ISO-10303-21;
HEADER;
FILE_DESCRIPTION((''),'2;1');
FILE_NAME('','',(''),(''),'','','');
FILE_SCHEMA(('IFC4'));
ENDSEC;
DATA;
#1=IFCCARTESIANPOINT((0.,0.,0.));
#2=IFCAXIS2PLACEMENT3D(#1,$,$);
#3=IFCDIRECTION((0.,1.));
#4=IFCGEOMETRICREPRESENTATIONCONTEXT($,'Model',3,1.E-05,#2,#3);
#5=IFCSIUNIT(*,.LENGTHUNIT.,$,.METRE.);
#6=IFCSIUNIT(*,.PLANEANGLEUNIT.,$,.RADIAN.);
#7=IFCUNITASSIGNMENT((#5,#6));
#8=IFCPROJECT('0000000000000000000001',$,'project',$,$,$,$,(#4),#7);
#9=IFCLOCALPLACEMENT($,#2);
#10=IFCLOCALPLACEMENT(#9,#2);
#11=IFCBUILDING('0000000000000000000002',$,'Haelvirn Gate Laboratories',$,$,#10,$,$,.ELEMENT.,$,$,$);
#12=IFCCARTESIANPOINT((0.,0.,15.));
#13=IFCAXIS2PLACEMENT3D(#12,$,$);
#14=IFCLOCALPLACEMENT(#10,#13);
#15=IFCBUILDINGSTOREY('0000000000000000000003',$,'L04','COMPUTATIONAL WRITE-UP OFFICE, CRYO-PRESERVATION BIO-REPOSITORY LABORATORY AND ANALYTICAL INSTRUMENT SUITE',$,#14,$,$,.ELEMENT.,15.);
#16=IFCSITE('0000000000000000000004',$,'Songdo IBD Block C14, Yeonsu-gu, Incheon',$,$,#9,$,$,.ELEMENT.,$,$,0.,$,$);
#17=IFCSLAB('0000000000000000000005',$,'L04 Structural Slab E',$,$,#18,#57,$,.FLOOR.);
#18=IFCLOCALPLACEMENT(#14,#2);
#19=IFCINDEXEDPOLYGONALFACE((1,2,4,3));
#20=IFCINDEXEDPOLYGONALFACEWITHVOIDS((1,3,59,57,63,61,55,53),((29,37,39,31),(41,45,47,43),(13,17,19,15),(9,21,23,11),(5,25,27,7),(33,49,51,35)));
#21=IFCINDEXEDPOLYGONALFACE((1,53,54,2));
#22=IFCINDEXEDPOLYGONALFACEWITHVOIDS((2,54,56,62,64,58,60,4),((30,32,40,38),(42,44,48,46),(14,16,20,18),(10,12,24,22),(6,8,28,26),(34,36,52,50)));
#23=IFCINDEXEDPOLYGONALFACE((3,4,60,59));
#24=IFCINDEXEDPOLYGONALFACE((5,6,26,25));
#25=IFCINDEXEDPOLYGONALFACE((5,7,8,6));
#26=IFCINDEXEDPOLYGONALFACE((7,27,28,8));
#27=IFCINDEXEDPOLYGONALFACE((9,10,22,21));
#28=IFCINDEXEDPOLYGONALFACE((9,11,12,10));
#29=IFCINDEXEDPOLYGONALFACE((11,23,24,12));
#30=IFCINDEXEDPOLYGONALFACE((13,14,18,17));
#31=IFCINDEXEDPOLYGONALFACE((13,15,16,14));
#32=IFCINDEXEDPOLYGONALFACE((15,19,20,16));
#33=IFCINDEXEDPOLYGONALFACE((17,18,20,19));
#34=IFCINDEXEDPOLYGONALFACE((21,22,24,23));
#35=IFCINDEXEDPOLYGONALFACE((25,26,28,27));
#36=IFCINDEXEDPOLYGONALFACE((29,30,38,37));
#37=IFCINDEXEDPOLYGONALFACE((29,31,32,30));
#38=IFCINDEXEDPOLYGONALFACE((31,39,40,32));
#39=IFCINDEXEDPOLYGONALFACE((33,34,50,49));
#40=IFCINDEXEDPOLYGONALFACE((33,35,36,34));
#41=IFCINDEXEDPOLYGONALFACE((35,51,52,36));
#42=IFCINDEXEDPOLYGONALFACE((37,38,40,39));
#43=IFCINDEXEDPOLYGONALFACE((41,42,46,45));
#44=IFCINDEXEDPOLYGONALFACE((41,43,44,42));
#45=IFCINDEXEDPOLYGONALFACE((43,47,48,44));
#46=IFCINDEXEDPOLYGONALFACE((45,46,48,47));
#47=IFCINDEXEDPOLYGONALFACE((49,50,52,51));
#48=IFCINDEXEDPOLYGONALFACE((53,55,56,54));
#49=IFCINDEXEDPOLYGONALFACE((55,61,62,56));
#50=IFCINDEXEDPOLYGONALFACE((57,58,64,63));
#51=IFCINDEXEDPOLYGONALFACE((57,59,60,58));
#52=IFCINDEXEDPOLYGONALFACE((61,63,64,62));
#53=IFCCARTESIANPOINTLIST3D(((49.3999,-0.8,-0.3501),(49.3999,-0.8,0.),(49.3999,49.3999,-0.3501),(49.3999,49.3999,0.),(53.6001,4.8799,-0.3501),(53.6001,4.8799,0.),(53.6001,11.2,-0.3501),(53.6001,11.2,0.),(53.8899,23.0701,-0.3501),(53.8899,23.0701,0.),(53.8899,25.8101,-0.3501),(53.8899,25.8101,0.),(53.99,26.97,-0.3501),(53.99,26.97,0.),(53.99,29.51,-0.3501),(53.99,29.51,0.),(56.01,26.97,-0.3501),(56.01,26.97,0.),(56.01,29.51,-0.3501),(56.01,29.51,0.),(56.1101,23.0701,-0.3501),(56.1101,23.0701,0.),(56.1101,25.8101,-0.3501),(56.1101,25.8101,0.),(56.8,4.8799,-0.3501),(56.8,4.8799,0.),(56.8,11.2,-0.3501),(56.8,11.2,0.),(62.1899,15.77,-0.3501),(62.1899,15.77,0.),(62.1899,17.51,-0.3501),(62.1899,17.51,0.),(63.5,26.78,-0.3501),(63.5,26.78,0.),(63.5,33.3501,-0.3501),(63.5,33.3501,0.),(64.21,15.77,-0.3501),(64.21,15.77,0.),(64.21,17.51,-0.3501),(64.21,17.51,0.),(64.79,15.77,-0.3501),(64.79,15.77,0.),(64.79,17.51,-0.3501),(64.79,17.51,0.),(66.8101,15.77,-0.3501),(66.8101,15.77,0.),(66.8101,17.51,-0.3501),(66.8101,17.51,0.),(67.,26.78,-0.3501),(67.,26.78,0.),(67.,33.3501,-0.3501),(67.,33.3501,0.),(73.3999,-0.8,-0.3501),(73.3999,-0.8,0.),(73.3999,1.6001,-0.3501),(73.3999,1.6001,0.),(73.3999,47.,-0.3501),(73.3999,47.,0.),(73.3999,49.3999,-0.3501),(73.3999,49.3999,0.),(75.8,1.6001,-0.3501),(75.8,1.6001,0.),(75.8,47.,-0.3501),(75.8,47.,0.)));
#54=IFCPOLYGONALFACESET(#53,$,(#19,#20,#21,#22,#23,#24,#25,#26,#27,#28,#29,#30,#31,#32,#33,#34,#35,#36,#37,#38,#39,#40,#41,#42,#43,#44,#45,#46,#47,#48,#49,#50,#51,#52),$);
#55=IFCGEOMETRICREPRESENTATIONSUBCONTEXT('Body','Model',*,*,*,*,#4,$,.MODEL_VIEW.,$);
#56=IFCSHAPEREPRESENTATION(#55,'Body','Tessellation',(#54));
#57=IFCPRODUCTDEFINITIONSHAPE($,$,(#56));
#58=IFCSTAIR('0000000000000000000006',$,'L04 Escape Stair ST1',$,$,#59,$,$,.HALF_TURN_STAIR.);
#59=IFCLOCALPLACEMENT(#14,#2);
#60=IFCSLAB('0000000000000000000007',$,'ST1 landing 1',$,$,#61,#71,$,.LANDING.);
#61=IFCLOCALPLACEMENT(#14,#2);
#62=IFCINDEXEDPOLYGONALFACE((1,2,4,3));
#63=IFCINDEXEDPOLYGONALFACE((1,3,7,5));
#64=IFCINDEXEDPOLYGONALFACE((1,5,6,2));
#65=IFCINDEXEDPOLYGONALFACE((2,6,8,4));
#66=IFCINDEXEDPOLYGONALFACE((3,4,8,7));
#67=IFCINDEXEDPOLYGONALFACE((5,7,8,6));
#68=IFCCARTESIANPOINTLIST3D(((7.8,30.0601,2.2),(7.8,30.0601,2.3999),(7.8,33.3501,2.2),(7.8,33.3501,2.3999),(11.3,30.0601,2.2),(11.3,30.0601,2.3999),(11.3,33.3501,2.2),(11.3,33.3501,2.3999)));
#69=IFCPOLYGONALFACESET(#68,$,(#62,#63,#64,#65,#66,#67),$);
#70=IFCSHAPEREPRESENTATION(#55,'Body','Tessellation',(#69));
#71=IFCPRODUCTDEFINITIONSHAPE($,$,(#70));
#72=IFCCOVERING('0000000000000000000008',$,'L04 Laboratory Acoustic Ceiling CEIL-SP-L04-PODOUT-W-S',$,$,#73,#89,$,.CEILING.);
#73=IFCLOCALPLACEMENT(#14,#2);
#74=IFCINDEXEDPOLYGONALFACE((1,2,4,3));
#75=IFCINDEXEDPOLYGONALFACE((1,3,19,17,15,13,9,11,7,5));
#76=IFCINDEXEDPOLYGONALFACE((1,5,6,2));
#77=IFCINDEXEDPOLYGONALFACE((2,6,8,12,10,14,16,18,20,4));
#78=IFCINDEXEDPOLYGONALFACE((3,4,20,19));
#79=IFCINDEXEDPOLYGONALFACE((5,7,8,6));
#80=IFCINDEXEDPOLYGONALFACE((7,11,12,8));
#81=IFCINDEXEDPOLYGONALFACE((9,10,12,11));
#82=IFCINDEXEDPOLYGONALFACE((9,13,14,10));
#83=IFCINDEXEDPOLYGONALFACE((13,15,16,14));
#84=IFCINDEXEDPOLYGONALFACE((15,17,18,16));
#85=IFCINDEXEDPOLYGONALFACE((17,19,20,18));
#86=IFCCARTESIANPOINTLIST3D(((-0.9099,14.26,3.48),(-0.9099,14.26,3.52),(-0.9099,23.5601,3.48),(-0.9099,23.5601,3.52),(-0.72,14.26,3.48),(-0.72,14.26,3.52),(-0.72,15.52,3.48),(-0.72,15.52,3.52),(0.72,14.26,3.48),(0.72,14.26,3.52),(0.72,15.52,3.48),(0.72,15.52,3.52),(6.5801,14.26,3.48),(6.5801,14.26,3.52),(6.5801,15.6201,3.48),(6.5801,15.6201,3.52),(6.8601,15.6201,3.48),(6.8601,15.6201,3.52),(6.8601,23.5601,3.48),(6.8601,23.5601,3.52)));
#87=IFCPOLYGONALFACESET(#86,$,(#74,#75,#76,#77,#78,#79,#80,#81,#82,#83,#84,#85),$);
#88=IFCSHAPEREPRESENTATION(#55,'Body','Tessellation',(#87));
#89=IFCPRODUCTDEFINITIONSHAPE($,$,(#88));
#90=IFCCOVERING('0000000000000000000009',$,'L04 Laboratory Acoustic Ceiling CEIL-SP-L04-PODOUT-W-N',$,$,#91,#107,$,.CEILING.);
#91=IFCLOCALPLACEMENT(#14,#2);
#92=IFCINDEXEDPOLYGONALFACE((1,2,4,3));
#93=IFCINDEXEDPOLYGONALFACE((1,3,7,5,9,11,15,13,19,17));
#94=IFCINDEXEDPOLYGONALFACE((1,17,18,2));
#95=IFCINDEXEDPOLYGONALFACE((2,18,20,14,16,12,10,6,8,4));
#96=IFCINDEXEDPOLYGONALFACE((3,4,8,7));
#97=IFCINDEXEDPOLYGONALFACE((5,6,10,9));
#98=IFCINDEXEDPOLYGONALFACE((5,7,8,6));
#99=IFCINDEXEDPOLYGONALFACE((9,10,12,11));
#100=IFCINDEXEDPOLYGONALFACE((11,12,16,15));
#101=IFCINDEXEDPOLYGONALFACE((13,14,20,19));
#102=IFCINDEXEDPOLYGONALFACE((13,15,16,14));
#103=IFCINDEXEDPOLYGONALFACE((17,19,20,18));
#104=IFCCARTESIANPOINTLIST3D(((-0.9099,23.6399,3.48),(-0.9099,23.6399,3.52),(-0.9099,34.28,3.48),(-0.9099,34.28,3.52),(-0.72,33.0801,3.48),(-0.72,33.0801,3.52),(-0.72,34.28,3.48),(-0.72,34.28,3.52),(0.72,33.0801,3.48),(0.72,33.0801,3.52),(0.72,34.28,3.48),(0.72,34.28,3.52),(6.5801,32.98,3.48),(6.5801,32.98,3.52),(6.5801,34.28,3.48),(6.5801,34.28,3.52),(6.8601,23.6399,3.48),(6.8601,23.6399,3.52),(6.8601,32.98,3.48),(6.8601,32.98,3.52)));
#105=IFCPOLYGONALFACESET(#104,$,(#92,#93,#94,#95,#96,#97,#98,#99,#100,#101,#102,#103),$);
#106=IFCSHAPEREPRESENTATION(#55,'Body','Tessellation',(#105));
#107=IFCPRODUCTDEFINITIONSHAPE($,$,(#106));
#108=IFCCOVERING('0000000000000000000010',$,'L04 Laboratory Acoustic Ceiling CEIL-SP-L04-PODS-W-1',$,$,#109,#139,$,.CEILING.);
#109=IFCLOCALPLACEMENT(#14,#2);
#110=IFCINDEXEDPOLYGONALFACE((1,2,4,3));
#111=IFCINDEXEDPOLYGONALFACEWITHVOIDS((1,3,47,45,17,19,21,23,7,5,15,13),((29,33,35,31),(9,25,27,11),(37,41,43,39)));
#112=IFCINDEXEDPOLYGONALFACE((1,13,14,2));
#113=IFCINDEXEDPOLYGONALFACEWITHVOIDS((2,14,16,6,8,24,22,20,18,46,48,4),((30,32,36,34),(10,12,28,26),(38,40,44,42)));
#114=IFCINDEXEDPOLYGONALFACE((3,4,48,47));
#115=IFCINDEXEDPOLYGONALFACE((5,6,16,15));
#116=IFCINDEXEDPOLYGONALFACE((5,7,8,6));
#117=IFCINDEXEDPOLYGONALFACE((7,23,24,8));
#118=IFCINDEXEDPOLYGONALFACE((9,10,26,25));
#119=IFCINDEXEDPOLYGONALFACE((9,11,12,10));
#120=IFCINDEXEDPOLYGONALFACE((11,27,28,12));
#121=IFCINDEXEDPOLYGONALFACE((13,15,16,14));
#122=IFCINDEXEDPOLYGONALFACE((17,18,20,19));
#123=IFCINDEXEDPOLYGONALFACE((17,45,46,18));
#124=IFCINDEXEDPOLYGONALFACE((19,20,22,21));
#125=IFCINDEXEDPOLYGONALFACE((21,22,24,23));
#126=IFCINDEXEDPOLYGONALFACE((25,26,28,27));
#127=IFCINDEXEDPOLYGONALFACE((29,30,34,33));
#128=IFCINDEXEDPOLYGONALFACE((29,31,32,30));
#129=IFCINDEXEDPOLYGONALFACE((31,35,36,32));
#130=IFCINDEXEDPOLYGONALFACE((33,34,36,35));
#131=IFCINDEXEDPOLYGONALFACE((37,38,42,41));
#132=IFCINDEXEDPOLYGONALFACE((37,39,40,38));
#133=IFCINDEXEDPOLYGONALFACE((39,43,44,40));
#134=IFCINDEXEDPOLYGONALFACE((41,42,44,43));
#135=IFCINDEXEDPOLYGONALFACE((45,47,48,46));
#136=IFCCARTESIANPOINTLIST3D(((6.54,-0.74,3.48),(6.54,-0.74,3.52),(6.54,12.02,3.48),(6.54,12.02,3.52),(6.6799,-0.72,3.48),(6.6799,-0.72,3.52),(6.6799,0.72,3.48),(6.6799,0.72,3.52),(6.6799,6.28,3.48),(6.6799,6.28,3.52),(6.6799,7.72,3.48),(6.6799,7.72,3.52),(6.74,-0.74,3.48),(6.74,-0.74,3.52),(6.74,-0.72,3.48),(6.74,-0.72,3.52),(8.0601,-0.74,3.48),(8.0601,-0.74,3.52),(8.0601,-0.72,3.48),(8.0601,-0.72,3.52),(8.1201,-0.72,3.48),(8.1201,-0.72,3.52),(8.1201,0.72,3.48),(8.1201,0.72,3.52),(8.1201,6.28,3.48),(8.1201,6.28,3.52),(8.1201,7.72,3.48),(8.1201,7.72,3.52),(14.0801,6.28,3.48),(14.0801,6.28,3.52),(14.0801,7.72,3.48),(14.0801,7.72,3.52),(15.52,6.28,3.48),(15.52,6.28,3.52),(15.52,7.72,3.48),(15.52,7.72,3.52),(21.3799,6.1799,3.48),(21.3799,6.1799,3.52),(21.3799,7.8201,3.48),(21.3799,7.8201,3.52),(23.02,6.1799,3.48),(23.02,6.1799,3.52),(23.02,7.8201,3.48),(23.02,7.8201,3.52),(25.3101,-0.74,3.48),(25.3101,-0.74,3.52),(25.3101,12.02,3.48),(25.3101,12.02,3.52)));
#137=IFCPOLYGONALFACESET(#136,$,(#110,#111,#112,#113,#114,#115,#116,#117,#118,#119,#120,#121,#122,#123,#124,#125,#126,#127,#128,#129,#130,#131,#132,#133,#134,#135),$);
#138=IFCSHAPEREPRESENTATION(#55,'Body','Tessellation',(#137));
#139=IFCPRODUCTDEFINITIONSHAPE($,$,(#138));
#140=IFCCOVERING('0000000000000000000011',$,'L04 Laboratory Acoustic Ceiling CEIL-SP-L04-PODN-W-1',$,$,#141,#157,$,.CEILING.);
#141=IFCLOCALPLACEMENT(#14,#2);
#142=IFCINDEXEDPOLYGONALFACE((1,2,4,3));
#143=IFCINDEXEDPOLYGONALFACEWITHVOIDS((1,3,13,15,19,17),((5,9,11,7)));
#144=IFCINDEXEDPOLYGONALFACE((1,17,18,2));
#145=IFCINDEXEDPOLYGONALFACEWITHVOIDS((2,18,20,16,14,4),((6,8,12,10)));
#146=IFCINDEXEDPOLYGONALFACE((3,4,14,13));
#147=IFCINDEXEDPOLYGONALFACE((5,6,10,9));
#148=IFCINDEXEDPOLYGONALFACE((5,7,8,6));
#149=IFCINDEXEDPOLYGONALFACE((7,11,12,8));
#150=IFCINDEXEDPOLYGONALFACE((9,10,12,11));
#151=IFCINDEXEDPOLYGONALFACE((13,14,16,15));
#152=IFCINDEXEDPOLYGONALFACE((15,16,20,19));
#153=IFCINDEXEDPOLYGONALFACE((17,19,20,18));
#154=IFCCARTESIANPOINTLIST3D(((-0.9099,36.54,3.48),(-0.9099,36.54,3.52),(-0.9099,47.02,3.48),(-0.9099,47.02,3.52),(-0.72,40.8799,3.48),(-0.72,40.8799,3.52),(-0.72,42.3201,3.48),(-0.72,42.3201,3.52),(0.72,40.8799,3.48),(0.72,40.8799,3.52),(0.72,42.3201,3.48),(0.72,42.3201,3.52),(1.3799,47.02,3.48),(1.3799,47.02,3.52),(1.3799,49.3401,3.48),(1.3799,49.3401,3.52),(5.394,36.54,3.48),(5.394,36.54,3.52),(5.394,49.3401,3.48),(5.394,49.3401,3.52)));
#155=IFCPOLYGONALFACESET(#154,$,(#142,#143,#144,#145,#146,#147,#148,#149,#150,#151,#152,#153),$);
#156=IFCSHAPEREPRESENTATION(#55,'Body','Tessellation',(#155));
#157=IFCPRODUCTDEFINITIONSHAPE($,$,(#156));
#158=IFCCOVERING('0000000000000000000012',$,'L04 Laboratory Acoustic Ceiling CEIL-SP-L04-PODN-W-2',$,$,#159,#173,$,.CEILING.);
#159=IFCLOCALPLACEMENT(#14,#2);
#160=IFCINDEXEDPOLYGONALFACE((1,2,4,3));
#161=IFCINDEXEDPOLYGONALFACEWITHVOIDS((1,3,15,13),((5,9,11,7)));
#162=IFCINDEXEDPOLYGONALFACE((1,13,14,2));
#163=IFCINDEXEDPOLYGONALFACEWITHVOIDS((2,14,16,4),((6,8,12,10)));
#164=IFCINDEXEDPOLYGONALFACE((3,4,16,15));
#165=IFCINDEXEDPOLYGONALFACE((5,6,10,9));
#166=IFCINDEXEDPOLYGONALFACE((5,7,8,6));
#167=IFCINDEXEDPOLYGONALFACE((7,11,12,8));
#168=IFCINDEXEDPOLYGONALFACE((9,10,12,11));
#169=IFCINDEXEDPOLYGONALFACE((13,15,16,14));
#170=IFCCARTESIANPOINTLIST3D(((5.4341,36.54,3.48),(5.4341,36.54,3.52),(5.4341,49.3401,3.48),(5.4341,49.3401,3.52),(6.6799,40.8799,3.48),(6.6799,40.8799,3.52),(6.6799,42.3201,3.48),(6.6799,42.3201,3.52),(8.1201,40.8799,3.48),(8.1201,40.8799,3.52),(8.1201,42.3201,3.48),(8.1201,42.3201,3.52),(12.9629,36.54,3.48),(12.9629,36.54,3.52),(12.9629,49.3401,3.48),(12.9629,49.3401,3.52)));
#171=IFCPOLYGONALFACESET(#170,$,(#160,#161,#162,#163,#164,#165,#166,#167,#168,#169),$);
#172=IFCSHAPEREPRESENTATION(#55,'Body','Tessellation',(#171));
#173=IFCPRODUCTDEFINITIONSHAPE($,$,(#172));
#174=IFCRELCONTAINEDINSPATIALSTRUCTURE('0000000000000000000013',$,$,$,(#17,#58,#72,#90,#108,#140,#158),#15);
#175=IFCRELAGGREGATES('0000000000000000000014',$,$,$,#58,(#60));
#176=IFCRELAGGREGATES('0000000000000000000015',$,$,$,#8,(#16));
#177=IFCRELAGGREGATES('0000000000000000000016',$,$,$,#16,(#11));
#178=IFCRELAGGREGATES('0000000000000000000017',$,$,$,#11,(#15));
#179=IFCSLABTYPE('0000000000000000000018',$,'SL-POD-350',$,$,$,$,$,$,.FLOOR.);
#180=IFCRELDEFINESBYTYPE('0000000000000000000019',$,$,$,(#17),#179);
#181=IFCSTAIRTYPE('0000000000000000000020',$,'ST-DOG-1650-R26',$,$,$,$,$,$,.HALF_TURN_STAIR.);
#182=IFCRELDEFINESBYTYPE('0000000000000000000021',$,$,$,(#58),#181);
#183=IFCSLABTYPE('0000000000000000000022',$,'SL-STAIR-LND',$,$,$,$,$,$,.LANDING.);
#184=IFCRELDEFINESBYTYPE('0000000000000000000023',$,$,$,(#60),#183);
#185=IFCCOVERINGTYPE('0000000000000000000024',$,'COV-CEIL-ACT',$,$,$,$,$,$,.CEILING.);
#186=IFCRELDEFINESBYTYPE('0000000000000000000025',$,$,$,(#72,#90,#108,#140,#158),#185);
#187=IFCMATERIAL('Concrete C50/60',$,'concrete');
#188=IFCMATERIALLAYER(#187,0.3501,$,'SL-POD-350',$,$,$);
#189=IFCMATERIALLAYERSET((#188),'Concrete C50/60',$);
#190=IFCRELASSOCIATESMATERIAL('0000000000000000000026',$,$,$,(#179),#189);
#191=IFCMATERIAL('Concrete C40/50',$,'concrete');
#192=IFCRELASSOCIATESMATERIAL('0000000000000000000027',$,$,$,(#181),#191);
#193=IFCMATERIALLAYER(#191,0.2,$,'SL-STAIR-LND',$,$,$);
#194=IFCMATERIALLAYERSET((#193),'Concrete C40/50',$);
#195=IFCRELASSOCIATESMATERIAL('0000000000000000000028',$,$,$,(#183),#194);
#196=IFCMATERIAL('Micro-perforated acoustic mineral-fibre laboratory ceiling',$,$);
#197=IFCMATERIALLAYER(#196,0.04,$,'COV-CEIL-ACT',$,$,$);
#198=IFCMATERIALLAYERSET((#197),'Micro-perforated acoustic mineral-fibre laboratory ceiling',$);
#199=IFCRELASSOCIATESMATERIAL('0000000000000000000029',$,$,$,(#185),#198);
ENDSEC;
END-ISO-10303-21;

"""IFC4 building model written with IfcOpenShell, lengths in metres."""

from ifc_helpers import new_model, si_unit, direction, frame, origin, place, context, subcontext, project, spatial, polyline, outline, extrude, material, layer, layer_set, type_object, element, aggregate, save


model = new_model("IFC4")

# Units and contexts
model_context = context("Model", 3, precision=1e-05, world=origin(), true_north=direction((0.0, 1.0)))
body_context = subcontext(model_context, "Body", "Model", "MODEL_VIEW")
ifc_project = project(units=[si_unit("LENGTHUNIT", "METRE"), si_unit("PLANEANGLEUNIT", "RADIAN")], contexts=[model_context])

# Site, building, storey
site_placement = place(None, origin())
site = spatial("IfcSite", under=ifc_project, at=site_placement, Name="Songdo IBD Block C14, Yeonsu-gu, Incheon", CompositionType="ELEMENT", RefElevation=0.0)
building_placement = place(site_placement, origin())
building = spatial("IfcBuilding", under=site, at=building_placement, Name="Haelvirn Gate Laboratories", CompositionType="ELEMENT")
storey_placement = place(building_placement, frame((0.0, 0.0, 15.0)))
storey = spatial("IfcBuildingStorey", under=building, at=storey_placement, Name="L04", Description="COMPUTATIONAL WRITE-UP OFFICE, CRYO-PRESERVATION BIO-REPOSITORY LABORATORY AND ANALYTICAL INSTRUMENT SUITE", CompositionType="ELEMENT", Elevation=15.0)

# Slab
ifc_material_1 = material(Name="Concrete C50/60", Category="concrete")
ifc_layer_1 = layer(ifc_material_1, 0.3501, Name="SL-POD-350")
ifc_layer_set_1 = layer_set([ifc_layer_1], Name="Concrete C50/60")
slab_type_1 = type_object("IfcSlabType", Name="SL-POD-350", PredefinedType="FLOOR", material=ifc_layer_set_1)
slab_1_placement = place(storey_placement, frame((0.0, 0.0, -0.3501)))
element("IfcSlab", 1, at=slab_1_placement, inside=storey, type_object=slab_type_1, Name="L04 Structural Slab E", PredefinedType="FLOOR", context=body_context, shape_type="SweptSolid", body=[
    extrude(outline(polyline([(49.3999, -0.8), (73.3999, -0.8), (73.3999, 1.6001), (75.8, 1.6001), (75.8, 47.0), (73.3999, 47.0), (73.3999, 49.3999), (49.3999, 49.3999), (49.3999, -0.8)]), holes=[polyline([(67.0, 26.78), (67.0, 33.3501), (63.5, 33.3501), (63.5, 26.78), (67.0, 26.78)]), polyline([(56.8, 4.8799), (56.8, 11.2), (53.6001, 11.2), (53.6001, 4.8799), (56.8, 4.8799)]), polyline([(64.79, 15.77), (66.8101, 15.77), (66.8101, 17.51), (64.79, 17.51), (64.79, 15.77)]), polyline([(62.1899, 15.77), (64.21, 15.77), (64.21, 17.51), (62.1899, 17.51), (62.1899, 15.77)]), polyline([(53.99, 26.97), (56.01, 26.97), (56.01, 29.51), (53.99, 29.51), (53.99, 26.97)]), polyline([(53.8899, 23.0701), (56.1101, 23.0701), (56.1101, 25.8101), (53.8899, 25.8101), (53.8899, 23.0701)])]), origin(), (0.0, 0.0, 1.0), 0.3501),
])

# Stair, slab
ifc_material_2 = material(Name="Concrete C40/50", Category="concrete")
stair_type = type_object("IfcStairType", Name="ST-DOG-1650-R26", PredefinedType="HALF_TURN_STAIR", material=ifc_material_2)
stair_placement = place(storey_placement, origin())
stair = element("IfcStair", 2, at=stair_placement, inside=storey, type_object=stair_type, Name="L04 Escape Stair ST1", PredefinedType="HALF_TURN_STAIR")
ifc_layer_2 = layer(ifc_material_2, 0.2, Name="SL-STAIR-LND")
ifc_layer_set_2 = layer_set([ifc_layer_2], Name="Concrete C40/50")
slab_type_2 = type_object("IfcSlabType", Name="SL-STAIR-LND", PredefinedType="LANDING", material=ifc_layer_set_2)
slab_2_placement = place(storey_placement, frame((0.0, 0.0, 2.2)))
slab_2 = element("IfcSlab", 3, at=slab_2_placement, type_object=slab_type_2, Name="ST1 landing 1", PredefinedType="LANDING", context=body_context, shape_type="SweptSolid", body=[
    extrude(outline(polyline([(11.3, 30.0601), (11.3, 33.3501), (7.8, 33.3501), (7.8, 30.0601), (11.3, 30.0601)])), origin(), (0.0, 0.0, 1.0), 0.2),
])
aggregate(stair, [slab_2])

# Coverings
ifc_material_3 = material(Name="Micro-perforated acoustic mineral-fibre laboratory ceiling")
ifc_layer_3 = layer(ifc_material_3, 0.04, Name="COV-CEIL-ACT")
ifc_layer_set_3 = layer_set([ifc_layer_3], Name="Micro-perforated acoustic mineral-fibre laboratory ceiling")
covering_type_1 = type_object("IfcCoveringType", Name="COV-CEIL-ACT", PredefinedType="CEILING", material=ifc_layer_set_3)
covering_1_placement = place(storey_placement, frame((0.0, 0.0, 3.48)))
element("IfcCovering", 4, at=covering_1_placement, inside=storey, type_object=covering_type_1, Name="L04 Laboratory Acoustic Ceiling CEIL-SP-L04-PODOUT-W-S", PredefinedType="CEILING", context=body_context, shape_type="SweptSolid", body=[
    extrude(outline(polyline([(-0.9099, 14.26), (-0.9099, 23.5601), (6.8601, 23.5601), (6.8601, 15.6201), (6.5801, 15.6201), (6.5801, 14.26), (0.72, 14.26), (0.72, 15.52), (-0.72, 15.52), (-0.72, 14.26), (-0.9099, 14.26)])), origin(), (0.0, 0.0, 1.0), 0.04),
])
covering_2_placement = place(storey_placement, frame((0.0, 0.0, 3.48)))
element("IfcCovering", 5, at=covering_2_placement, inside=storey, type_object=covering_type_1, Name="L04 Laboratory Acoustic Ceiling CEIL-SP-L04-PODOUT-W-N", PredefinedType="CEILING", context=body_context, shape_type="SweptSolid", body=[
    extrude(outline(polyline([(6.5801, 34.28), (6.5801, 32.98), (6.8601, 32.98), (6.8601, 23.6399), (-0.9099, 23.6399), (-0.9099, 34.28), (-0.72, 34.28), (-0.72, 33.0801), (0.72, 33.0801), (0.72, 34.28), (6.5801, 34.28)])), origin(), (0.0, 0.0, 1.0), 0.04),
])
covering_3_placement = place(storey_placement, frame((0.0, 0.0, 3.48)))
element("IfcCovering", 6, at=covering_3_placement, inside=storey, type_object=covering_type_1, Name="L04 Laboratory Acoustic Ceiling CEIL-SP-L04-PODS-W-1", PredefinedType="CEILING", context=body_context, shape_type="SweptSolid", body=[
    extrude(outline(polyline([(6.54, 12.02), (25.3101, 12.02), (25.3101, -0.74), (8.0601, -0.74), (8.0601, -0.72), (8.1201, -0.72), (8.1201, 0.72), (6.6799, 0.72), (6.6799, -0.72), (6.74, -0.72), (6.74, -0.74), (6.54, -0.74), (6.54, 12.02)]), holes=[polyline([(15.52, 6.28), (15.52, 7.72), (14.0801, 7.72), (14.0801, 6.28), (15.52, 6.28)]), polyline([(21.3799, 6.1799), (23.02, 6.1799), (23.02, 7.8201), (21.3799, 7.8201), (21.3799, 6.1799)]), polyline([(6.6799, 7.72), (6.6799, 6.28), (8.1201, 6.28), (8.1201, 7.72), (6.6799, 7.72)])]), origin(), (0.0, 0.0, 1.0), 0.04),
])
covering_4_placement = place(storey_placement, frame((0.0, 0.0, 3.48)))
element("IfcCovering", 7, at=covering_4_placement, inside=storey, type_object=covering_type_1, Name="L04 Laboratory Acoustic Ceiling CEIL-SP-L04-PODN-W-1", PredefinedType="CEILING", context=body_context, shape_type="SweptSolid", body=[
    extrude(outline(polyline([(-0.9099, 47.02), (1.3799, 47.02), (1.3799, 49.3401), (5.394, 49.3401), (5.394, 36.54), (-0.9099, 36.54), (-0.9099, 47.02)]), holes=[polyline([(0.72, 42.3201), (-0.72, 42.3201), (-0.72, 40.8799), (0.72, 40.8799), (0.72, 42.3201)])]), origin(), (0.0, 0.0, 1.0), 0.04),
])
covering_5_placement = place(storey_placement, frame((0.0, 0.0, 3.48)))
element("IfcCovering", 8, at=covering_5_placement, inside=storey, type_object=covering_type_1, Name="L04 Laboratory Acoustic Ceiling CEIL-SP-L04-PODN-W-2", PredefinedType="CEILING", context=body_context, shape_type="SweptSolid", body=[
    extrude(outline(polyline([(12.9629, 36.54), (5.4341, 36.54), (5.4341, 49.3401), (12.9629, 49.3401), (12.9629, 36.54)]), holes=[polyline([(8.1201, 42.3201), (6.6799, 42.3201), (6.6799, 40.8799), (8.1201, 40.8799), (8.1201, 42.3201)])]), origin(), (0.0, 0.0, 1.0), 0.04),
])

save(model, "model.ifc")
